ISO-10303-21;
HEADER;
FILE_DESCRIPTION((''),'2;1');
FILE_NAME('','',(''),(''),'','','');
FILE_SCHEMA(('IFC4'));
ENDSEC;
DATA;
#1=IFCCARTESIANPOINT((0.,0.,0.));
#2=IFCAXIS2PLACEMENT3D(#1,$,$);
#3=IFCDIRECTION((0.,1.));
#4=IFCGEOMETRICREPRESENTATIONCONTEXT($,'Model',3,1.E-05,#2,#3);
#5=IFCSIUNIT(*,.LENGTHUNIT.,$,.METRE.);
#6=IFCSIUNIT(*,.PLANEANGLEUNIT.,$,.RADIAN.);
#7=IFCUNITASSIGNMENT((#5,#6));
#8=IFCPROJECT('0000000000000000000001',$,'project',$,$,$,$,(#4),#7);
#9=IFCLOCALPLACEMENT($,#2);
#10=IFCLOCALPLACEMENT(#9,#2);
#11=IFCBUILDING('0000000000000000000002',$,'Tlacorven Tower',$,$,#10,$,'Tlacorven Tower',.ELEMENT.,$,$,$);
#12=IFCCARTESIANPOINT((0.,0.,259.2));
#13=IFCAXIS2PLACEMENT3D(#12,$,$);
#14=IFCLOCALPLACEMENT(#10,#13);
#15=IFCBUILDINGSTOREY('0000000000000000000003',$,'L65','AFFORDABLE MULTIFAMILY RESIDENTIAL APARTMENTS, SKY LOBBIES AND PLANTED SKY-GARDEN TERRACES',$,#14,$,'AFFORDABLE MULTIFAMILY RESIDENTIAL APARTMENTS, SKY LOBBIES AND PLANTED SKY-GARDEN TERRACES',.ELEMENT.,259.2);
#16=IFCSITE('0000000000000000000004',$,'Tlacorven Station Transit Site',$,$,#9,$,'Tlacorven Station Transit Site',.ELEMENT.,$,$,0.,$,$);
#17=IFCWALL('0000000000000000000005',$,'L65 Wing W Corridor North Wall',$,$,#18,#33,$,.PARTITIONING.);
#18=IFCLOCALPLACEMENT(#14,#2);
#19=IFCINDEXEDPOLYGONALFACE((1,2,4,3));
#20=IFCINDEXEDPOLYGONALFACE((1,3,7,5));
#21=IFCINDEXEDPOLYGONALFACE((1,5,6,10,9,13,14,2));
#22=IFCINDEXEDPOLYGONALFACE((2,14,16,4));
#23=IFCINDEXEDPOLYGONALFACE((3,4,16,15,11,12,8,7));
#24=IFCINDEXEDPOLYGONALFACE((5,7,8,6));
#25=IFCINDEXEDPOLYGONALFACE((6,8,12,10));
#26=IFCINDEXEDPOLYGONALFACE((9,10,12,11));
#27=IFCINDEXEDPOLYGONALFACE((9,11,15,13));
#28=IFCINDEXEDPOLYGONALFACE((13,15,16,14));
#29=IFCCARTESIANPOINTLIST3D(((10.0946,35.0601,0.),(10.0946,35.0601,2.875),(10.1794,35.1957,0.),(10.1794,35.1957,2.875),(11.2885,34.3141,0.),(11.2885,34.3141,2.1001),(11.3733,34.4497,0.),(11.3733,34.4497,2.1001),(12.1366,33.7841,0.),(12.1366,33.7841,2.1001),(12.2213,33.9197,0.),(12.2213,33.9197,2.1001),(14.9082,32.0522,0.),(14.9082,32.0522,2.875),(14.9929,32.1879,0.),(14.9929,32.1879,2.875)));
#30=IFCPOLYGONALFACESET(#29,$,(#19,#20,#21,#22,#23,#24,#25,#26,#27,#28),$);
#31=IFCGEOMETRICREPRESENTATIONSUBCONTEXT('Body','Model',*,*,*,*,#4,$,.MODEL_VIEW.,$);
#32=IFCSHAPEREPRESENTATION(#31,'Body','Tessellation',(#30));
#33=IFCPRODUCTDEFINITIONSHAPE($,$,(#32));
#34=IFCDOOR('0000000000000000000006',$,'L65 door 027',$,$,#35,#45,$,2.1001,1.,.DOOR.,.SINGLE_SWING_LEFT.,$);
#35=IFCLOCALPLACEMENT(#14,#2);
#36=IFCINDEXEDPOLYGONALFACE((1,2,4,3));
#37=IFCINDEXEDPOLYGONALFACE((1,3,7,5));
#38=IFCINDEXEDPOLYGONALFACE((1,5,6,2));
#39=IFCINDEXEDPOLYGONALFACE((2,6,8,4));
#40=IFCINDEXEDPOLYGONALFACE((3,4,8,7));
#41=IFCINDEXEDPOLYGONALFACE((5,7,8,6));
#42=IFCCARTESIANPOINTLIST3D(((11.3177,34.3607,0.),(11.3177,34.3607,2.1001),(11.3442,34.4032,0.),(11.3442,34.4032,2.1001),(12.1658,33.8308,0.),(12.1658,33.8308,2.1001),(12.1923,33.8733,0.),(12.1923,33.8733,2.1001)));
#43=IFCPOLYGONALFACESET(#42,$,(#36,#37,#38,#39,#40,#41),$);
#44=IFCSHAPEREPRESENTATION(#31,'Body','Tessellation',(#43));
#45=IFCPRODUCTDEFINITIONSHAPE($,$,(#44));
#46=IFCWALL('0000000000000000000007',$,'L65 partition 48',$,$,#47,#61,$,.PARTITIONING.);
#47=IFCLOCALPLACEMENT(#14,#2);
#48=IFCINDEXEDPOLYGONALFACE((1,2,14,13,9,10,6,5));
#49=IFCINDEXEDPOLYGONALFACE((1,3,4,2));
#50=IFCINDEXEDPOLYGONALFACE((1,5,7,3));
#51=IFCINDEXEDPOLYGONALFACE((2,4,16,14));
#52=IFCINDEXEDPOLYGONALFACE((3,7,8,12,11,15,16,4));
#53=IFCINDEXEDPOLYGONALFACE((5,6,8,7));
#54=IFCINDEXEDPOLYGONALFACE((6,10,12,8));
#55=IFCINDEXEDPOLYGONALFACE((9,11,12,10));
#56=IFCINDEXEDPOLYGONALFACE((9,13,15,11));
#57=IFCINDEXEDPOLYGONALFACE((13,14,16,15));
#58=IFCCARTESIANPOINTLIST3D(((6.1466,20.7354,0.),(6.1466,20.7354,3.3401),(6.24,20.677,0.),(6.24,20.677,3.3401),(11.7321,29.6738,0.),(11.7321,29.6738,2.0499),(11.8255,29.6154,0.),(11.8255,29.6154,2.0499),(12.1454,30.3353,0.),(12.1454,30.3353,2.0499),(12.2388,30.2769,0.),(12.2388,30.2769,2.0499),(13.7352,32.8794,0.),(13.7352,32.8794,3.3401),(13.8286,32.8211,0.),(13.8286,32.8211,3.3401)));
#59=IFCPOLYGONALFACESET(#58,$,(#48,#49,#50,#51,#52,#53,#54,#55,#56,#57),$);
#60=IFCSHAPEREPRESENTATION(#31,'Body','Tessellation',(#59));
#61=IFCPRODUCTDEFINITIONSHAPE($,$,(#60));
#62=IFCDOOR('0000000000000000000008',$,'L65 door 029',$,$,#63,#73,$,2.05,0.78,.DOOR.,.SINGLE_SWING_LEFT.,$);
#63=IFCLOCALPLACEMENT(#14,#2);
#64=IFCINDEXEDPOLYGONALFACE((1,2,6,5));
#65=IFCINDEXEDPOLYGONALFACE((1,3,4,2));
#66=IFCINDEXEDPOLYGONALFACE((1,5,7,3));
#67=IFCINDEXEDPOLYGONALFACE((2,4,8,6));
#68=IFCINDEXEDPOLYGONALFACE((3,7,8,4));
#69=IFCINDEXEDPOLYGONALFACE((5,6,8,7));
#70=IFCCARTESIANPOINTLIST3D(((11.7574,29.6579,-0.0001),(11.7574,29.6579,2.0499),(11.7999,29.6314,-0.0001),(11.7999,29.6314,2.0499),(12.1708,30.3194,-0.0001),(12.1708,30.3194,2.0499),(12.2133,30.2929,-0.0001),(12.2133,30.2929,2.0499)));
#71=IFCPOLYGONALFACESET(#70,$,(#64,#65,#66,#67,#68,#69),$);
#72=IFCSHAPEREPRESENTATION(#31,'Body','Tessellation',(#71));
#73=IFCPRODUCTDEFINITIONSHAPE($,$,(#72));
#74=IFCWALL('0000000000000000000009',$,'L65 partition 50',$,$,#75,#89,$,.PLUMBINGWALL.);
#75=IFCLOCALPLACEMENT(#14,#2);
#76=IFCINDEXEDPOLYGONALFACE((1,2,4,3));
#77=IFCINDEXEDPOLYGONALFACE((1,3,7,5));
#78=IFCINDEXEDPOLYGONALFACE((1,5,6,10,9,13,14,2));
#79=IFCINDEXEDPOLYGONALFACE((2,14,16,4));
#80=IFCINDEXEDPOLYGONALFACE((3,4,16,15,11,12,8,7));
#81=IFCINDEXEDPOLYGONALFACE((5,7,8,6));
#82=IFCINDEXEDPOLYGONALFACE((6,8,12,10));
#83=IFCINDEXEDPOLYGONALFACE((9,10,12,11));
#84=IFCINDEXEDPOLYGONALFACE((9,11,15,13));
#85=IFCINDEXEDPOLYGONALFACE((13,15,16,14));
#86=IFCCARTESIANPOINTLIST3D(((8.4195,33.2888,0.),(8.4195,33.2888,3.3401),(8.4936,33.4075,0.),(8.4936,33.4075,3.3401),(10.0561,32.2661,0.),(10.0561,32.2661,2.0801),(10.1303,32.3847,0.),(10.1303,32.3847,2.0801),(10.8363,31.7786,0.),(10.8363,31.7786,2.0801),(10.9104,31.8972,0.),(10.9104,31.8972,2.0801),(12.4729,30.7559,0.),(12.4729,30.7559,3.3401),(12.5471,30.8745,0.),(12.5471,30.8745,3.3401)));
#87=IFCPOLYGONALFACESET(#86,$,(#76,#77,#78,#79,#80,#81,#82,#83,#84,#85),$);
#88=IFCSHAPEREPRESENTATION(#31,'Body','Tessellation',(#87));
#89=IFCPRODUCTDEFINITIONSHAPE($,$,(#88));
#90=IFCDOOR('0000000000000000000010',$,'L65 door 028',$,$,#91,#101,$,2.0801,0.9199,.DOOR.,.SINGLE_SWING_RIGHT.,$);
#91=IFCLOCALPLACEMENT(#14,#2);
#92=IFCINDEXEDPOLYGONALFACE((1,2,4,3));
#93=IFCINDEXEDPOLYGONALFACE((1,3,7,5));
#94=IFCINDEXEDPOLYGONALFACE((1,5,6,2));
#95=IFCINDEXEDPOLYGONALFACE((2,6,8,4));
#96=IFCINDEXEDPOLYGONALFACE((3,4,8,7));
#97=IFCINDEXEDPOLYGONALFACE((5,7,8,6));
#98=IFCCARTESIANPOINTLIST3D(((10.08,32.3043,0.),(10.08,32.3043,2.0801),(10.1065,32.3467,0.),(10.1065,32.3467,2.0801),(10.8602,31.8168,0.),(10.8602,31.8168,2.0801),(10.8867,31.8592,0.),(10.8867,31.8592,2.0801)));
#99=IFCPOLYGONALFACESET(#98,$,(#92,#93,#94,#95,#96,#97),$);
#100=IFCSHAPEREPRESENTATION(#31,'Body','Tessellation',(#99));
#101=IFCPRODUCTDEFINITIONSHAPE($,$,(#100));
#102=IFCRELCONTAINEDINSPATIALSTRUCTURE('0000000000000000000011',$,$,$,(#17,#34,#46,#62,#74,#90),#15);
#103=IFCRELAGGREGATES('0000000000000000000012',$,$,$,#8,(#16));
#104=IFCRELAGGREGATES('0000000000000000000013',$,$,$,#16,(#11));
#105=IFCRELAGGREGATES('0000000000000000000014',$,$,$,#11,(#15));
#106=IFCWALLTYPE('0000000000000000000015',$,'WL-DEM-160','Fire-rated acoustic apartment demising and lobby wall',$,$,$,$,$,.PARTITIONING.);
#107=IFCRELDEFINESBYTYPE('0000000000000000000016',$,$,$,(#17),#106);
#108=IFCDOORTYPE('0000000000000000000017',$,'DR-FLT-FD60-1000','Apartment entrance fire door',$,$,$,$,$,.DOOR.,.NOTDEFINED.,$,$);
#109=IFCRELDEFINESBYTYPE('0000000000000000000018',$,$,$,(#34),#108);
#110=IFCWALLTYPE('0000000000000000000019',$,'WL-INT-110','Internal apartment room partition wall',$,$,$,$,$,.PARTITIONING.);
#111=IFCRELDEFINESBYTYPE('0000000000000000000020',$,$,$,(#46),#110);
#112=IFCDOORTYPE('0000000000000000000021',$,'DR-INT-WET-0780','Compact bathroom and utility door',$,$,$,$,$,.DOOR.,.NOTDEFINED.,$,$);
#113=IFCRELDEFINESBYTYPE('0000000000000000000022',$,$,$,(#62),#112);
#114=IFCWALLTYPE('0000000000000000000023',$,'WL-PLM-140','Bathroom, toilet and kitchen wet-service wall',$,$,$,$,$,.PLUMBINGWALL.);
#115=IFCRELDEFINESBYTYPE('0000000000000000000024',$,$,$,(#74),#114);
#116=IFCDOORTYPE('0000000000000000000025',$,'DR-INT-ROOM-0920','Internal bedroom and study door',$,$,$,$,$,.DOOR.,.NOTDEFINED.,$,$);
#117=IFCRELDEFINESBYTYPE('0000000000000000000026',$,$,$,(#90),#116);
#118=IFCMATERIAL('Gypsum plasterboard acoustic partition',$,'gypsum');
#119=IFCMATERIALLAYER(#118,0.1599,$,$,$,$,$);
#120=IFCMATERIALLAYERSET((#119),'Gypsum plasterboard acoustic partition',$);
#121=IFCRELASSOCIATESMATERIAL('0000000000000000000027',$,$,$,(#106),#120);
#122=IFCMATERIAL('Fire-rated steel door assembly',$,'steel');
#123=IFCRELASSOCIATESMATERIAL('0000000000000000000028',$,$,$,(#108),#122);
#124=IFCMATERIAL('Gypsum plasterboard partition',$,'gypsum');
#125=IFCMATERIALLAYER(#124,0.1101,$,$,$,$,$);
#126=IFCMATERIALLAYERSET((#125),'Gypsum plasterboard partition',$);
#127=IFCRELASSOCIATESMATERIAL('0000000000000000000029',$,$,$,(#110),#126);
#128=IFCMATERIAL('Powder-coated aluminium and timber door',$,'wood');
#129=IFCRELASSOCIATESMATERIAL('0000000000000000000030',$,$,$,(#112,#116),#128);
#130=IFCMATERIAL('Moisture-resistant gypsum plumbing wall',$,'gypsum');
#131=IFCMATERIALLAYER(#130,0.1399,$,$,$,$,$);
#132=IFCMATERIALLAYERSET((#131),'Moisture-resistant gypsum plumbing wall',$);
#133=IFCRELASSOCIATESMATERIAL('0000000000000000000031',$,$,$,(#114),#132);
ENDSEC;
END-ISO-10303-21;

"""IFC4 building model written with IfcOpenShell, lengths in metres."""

from ifc_helpers import new_model, si_unit, direction, frame, frame_2d, origin, place, context, subcontext, project, spatial, rectangle, extrude, source, transform, mapped, material, layer, layer_set, type_object, element, fill, save


model = new_model("IFC4")

# Units and contexts
model_context = context("Model", 3, precision=1e-05, world=origin(), true_north=direction((0.0, 1.0)))
body_context = subcontext(model_context, "Body", "Model", "MODEL_VIEW")
ifc_project = project(units=[si_unit("LENGTHUNIT", "METRE"), si_unit("PLANEANGLEUNIT", "RADIAN")], contexts=[model_context])

# Site, building, storey
site_placement = place(None, origin())
site = spatial("IfcSite", under=ifc_project, at=site_placement, Name="Tlacorven Station Transit Site", LongName="Tlacorven Station Transit Site", CompositionType="ELEMENT", RefElevation=0.0)
building_placement = place(site_placement, origin())
building = spatial("IfcBuilding", under=site, at=building_placement, Name="Tlacorven Tower", LongName="Tlacorven Tower", CompositionType="ELEMENT")
storey_placement = place(building_placement, frame((0.0, 0.0, 259.2)))
storey = spatial("IfcBuildingStorey", under=building, at=storey_placement, Name="L65", Description="AFFORDABLE MULTIFAMILY RESIDENTIAL APARTMENTS, SKY LOBBIES AND PLANTED SKY-GARDEN TERRACES", LongName="AFFORDABLE MULTIFAMILY RESIDENTIAL APARTMENTS, SKY LOBBIES AND PLANTED SKY-GARDEN TERRACES", CompositionType="ELEMENT", Elevation=259.2)

# Walls, openings, doors
ifc_material_1 = material(Name="Gypsum plasterboard acoustic partition", Category="gypsum")
ifc_layer_1 = layer(ifc_material_1, 0.1599)
ifc_layer_set_1 = layer_set([ifc_layer_1], Name="Gypsum plasterboard acoustic partition")
wall_type_1 = type_object("IfcWallType", Name="WL-DEM-160", Description="Fire-rated acoustic apartment demising and lobby wall", PredefinedType="PARTITIONING", material=ifc_layer_set_1)
wall_1_placement = place(storey_placement, frame((14.9504, 32.1201, 0.0), z_axis=(0.0, 0.0, 1.0), x_axis=(-0.848047, 0.529922, 0.0)))
wall_1 = element("IfcWall", 1, at=wall_1_placement, inside=storey, type_object=wall_type_1, Name="L65 Wing W Corridor North Wall", PredefinedType="PARTITIONING", context=body_context, shape_type="SweptSolid", body=[
    extrude(rectangle(XDim=5.676, YDim=0.1599, at=frame_2d((2.8379, 0.0))), origin(), (0.0, 0.0, 1.0), 2.875),
])
opening_1_placement = place(wall_1_placement, frame((3.2681, 0.0, 0.0)))
opening_1 = element("IfcOpeningElement", 2, at=opening_1_placement, cuts=wall_1, PredefinedType="OPENING", context=body_context, shape_type="SweptSolid", body=[
    extrude(rectangle(XDim=1.0, YDim=2.1001, at=frame_2d((0.5, 1.05))), frame((0.0, 0.0898, 0.0), z_axis=(0.0, -1.0, 0.0), x_axis=(1.0, 0.0, 0.0)), (0.0, 0.0, 1.0), 0.1799),
])
ifc_material_2 = material(Name="Fire-rated steel door assembly", Category="steel")
door_type_1 = type_object("IfcDoorType", Name="DR-FLT-FD60-1000", Description="Apartment entrance fire door", OperationType="NOTDEFINED", PredefinedType="DOOR", material=ifc_material_2)
shared_shape_1 = source(origin(), body_context, "Body", "SweptSolid", [
    extrude(rectangle(XDim=1.0, YDim=2.1001, at=frame_2d((0.5, 1.05))), frame((0.0, 0.0249, 0.0), z_axis=(0.0, -1.0, 0.0), x_axis=(1.0, 0.0, 0.0)), (0.0, 0.0, 1.0), 0.05),
])
door_1_placement = place(opening_1_placement, origin())
door_1 = element("IfcDoor", 3, at=door_1_placement, inside=storey, type_object=door_type_1, Name="L65 door 027", OperationType="SINGLE_SWING_LEFT", OverallHeight=2.1001, OverallWidth=1.0, PredefinedType="DOOR", context=body_context, shape_type="MappedRepresentation", body=[
    mapped(shared_shape_1, transform((0.0, 0.0, 0.0), scale=1.0)),
])
fill(opening_1, door_1)
ifc_material_3 = material(Name="Gypsum plasterboard partition", Category="gypsum")
ifc_layer_2 = layer(ifc_material_3, 0.1101)
ifc_layer_set_2 = layer_set([ifc_layer_2], Name="Gypsum plasterboard partition")
wall_type_2 = type_object("IfcWallType", Name="WL-INT-110", Description="Internal apartment room partition wall", PredefinedType="PARTITIONING", material=ifc_layer_set_2)
wall_2_placement = place(storey_placement, frame((13.782, 32.8503, 0.0), z_axis=(0.0, 0.0, 1.0), x_axis=(-0.529928, -0.848042, 0.0)))
wall_2 = element("IfcWall", 4, at=wall_2_placement, inside=storey, type_object=wall_type_2, Name="L65 partition 48", PredefinedType="PARTITIONING", context=body_context, shape_type="SweptSolid", body=[
    extrude(rectangle(XDim=14.3201, YDim=0.1101, at=frame_2d((7.1602, 0.0))), origin(), (0.0, 0.0, 1.0), 3.3401),
])
opening_2_placement = place(wall_2_placement, frame((3.0, 0.0, 0.0)))
opening_2 = element("IfcOpeningElement", 5, at=opening_2_placement, cuts=wall_2, PredefinedType="OPENING", context=body_context, shape_type="SweptSolid", body=[
    extrude(rectangle(XDim=0.78, YDim=2.05, at=frame_2d((0.3901, 1.0249))), frame((0.0, 0.0649, 0.0), z_axis=(0.0, -1.0, 0.0), x_axis=(1.0, 0.0, 0.0)), (0.0, 0.0, 1.0), 0.1301),
])
ifc_material_4 = material(Name="Powder-coated aluminium and timber door", Category="wood")
door_type_2 = type_object("IfcDoorType", Name="DR-INT-WET-0780", Description="Compact bathroom and utility door", OperationType="NOTDEFINED", PredefinedType="DOOR", material=ifc_material_4)
shared_shape_2 = source(origin(), body_context, "Body", "SweptSolid", [
    extrude(rectangle(XDim=0.78, YDim=2.05, at=frame_2d((0.3901, 1.0249))), frame((0.0, 0.0249, 0.0), z_axis=(0.0, -1.0, 0.0), x_axis=(1.0, 0.0, 0.0)), (0.0, 0.0, 1.0), 0.05),
])
door_2_placement = place(opening_2_placement, origin())
door_2 = element("IfcDoor", 6, at=door_2_placement, inside=storey, type_object=door_type_2, Name="L65 door 029", OperationType="SINGLE_SWING_LEFT", OverallHeight=2.05, OverallWidth=0.78, PredefinedType="DOOR", context=body_context, shape_type="MappedRepresentation", body=[
    mapped(shared_shape_2, transform((0.0, 0.0, 0.0), scale=1.0)),
])
fill(opening_2, door_2)
ifc_material_5 = material(Name="Moisture-resistant gypsum plumbing wall", Category="gypsum")
ifc_layer_3 = layer(ifc_material_5, 0.1399)
ifc_layer_set_3 = layer_set([ifc_layer_3], Name="Moisture-resistant gypsum plumbing wall")
wall_type_3 = type_object("IfcWallType", Name="WL-PLM-140", Description="Bathroom, toilet and kitchen wet-service wall", PredefinedType="PLUMBINGWALL", material=ifc_layer_set_3)
wall_3_placement = place(storey_placement, frame((12.51, 30.8152, 0.0), z_axis=(0.0, 0.0, 1.0), x_axis=(-0.848041, 0.52993, 0.0)))
wall_3 = element("IfcWall", 7, at=wall_3_placement, inside=storey, type_object=wall_type_3, Name="L65 partition 50", PredefinedType="PLUMBINGWALL", context=body_context, shape_type="SweptSolid", body=[
    extrude(rectangle(XDim=4.7798, YDim=0.1399, at=frame_2d((2.3899, 0.0))), origin(), (0.0, 0.0, 1.0), 3.3401),
])
opening_3_placement = place(wall_3_placement, frame((1.9299, 0.0, 0.0)))
opening_3 = element("IfcOpeningElement", 8, at=opening_3_placement, cuts=wall_3, PredefinedType="OPENING", context=body_context, shape_type="SweptSolid", body=[
    extrude(rectangle(XDim=0.9199, YDim=2.0801, at=frame_2d((0.46, 1.04))), frame((0.0, 0.0801, 0.0), z_axis=(0.0, -1.0, 0.0), x_axis=(1.0, 0.0, 0.0)), (0.0, 0.0, 1.0), 0.1599),
])
door_type_3 = type_object("IfcDoorType", Name="DR-INT-ROOM-0920", Description="Internal bedroom and study door", OperationType="NOTDEFINED", PredefinedType="DOOR", material=ifc_material_4)
shared_shape_3 = source(origin(), body_context, "Body", "SweptSolid", [
    extrude(rectangle(XDim=0.9199, YDim=2.0801, at=frame_2d((0.46, 1.04))), frame((0.0, 0.0249, 0.0), z_axis=(0.0, -1.0, 0.0), x_axis=(1.0, 0.0, 0.0)), (0.0, 0.0, 1.0), 0.05),
])
door_3_placement = place(opening_3_placement, origin())
door_3 = element("IfcDoor", 9, at=door_3_placement, inside=storey, type_object=door_type_3, Name="L65 door 028", OperationType="SINGLE_SWING_RIGHT", OverallHeight=2.0801, OverallWidth=0.9199, PredefinedType="DOOR", context=body_context, shape_type="MappedRepresentation", body=[
    mapped(shared_shape_3, transform((0.0, 0.0, 0.0), scale=1.0)),
])
fill(opening_3, door_3)

save(model, "model.ifc")
